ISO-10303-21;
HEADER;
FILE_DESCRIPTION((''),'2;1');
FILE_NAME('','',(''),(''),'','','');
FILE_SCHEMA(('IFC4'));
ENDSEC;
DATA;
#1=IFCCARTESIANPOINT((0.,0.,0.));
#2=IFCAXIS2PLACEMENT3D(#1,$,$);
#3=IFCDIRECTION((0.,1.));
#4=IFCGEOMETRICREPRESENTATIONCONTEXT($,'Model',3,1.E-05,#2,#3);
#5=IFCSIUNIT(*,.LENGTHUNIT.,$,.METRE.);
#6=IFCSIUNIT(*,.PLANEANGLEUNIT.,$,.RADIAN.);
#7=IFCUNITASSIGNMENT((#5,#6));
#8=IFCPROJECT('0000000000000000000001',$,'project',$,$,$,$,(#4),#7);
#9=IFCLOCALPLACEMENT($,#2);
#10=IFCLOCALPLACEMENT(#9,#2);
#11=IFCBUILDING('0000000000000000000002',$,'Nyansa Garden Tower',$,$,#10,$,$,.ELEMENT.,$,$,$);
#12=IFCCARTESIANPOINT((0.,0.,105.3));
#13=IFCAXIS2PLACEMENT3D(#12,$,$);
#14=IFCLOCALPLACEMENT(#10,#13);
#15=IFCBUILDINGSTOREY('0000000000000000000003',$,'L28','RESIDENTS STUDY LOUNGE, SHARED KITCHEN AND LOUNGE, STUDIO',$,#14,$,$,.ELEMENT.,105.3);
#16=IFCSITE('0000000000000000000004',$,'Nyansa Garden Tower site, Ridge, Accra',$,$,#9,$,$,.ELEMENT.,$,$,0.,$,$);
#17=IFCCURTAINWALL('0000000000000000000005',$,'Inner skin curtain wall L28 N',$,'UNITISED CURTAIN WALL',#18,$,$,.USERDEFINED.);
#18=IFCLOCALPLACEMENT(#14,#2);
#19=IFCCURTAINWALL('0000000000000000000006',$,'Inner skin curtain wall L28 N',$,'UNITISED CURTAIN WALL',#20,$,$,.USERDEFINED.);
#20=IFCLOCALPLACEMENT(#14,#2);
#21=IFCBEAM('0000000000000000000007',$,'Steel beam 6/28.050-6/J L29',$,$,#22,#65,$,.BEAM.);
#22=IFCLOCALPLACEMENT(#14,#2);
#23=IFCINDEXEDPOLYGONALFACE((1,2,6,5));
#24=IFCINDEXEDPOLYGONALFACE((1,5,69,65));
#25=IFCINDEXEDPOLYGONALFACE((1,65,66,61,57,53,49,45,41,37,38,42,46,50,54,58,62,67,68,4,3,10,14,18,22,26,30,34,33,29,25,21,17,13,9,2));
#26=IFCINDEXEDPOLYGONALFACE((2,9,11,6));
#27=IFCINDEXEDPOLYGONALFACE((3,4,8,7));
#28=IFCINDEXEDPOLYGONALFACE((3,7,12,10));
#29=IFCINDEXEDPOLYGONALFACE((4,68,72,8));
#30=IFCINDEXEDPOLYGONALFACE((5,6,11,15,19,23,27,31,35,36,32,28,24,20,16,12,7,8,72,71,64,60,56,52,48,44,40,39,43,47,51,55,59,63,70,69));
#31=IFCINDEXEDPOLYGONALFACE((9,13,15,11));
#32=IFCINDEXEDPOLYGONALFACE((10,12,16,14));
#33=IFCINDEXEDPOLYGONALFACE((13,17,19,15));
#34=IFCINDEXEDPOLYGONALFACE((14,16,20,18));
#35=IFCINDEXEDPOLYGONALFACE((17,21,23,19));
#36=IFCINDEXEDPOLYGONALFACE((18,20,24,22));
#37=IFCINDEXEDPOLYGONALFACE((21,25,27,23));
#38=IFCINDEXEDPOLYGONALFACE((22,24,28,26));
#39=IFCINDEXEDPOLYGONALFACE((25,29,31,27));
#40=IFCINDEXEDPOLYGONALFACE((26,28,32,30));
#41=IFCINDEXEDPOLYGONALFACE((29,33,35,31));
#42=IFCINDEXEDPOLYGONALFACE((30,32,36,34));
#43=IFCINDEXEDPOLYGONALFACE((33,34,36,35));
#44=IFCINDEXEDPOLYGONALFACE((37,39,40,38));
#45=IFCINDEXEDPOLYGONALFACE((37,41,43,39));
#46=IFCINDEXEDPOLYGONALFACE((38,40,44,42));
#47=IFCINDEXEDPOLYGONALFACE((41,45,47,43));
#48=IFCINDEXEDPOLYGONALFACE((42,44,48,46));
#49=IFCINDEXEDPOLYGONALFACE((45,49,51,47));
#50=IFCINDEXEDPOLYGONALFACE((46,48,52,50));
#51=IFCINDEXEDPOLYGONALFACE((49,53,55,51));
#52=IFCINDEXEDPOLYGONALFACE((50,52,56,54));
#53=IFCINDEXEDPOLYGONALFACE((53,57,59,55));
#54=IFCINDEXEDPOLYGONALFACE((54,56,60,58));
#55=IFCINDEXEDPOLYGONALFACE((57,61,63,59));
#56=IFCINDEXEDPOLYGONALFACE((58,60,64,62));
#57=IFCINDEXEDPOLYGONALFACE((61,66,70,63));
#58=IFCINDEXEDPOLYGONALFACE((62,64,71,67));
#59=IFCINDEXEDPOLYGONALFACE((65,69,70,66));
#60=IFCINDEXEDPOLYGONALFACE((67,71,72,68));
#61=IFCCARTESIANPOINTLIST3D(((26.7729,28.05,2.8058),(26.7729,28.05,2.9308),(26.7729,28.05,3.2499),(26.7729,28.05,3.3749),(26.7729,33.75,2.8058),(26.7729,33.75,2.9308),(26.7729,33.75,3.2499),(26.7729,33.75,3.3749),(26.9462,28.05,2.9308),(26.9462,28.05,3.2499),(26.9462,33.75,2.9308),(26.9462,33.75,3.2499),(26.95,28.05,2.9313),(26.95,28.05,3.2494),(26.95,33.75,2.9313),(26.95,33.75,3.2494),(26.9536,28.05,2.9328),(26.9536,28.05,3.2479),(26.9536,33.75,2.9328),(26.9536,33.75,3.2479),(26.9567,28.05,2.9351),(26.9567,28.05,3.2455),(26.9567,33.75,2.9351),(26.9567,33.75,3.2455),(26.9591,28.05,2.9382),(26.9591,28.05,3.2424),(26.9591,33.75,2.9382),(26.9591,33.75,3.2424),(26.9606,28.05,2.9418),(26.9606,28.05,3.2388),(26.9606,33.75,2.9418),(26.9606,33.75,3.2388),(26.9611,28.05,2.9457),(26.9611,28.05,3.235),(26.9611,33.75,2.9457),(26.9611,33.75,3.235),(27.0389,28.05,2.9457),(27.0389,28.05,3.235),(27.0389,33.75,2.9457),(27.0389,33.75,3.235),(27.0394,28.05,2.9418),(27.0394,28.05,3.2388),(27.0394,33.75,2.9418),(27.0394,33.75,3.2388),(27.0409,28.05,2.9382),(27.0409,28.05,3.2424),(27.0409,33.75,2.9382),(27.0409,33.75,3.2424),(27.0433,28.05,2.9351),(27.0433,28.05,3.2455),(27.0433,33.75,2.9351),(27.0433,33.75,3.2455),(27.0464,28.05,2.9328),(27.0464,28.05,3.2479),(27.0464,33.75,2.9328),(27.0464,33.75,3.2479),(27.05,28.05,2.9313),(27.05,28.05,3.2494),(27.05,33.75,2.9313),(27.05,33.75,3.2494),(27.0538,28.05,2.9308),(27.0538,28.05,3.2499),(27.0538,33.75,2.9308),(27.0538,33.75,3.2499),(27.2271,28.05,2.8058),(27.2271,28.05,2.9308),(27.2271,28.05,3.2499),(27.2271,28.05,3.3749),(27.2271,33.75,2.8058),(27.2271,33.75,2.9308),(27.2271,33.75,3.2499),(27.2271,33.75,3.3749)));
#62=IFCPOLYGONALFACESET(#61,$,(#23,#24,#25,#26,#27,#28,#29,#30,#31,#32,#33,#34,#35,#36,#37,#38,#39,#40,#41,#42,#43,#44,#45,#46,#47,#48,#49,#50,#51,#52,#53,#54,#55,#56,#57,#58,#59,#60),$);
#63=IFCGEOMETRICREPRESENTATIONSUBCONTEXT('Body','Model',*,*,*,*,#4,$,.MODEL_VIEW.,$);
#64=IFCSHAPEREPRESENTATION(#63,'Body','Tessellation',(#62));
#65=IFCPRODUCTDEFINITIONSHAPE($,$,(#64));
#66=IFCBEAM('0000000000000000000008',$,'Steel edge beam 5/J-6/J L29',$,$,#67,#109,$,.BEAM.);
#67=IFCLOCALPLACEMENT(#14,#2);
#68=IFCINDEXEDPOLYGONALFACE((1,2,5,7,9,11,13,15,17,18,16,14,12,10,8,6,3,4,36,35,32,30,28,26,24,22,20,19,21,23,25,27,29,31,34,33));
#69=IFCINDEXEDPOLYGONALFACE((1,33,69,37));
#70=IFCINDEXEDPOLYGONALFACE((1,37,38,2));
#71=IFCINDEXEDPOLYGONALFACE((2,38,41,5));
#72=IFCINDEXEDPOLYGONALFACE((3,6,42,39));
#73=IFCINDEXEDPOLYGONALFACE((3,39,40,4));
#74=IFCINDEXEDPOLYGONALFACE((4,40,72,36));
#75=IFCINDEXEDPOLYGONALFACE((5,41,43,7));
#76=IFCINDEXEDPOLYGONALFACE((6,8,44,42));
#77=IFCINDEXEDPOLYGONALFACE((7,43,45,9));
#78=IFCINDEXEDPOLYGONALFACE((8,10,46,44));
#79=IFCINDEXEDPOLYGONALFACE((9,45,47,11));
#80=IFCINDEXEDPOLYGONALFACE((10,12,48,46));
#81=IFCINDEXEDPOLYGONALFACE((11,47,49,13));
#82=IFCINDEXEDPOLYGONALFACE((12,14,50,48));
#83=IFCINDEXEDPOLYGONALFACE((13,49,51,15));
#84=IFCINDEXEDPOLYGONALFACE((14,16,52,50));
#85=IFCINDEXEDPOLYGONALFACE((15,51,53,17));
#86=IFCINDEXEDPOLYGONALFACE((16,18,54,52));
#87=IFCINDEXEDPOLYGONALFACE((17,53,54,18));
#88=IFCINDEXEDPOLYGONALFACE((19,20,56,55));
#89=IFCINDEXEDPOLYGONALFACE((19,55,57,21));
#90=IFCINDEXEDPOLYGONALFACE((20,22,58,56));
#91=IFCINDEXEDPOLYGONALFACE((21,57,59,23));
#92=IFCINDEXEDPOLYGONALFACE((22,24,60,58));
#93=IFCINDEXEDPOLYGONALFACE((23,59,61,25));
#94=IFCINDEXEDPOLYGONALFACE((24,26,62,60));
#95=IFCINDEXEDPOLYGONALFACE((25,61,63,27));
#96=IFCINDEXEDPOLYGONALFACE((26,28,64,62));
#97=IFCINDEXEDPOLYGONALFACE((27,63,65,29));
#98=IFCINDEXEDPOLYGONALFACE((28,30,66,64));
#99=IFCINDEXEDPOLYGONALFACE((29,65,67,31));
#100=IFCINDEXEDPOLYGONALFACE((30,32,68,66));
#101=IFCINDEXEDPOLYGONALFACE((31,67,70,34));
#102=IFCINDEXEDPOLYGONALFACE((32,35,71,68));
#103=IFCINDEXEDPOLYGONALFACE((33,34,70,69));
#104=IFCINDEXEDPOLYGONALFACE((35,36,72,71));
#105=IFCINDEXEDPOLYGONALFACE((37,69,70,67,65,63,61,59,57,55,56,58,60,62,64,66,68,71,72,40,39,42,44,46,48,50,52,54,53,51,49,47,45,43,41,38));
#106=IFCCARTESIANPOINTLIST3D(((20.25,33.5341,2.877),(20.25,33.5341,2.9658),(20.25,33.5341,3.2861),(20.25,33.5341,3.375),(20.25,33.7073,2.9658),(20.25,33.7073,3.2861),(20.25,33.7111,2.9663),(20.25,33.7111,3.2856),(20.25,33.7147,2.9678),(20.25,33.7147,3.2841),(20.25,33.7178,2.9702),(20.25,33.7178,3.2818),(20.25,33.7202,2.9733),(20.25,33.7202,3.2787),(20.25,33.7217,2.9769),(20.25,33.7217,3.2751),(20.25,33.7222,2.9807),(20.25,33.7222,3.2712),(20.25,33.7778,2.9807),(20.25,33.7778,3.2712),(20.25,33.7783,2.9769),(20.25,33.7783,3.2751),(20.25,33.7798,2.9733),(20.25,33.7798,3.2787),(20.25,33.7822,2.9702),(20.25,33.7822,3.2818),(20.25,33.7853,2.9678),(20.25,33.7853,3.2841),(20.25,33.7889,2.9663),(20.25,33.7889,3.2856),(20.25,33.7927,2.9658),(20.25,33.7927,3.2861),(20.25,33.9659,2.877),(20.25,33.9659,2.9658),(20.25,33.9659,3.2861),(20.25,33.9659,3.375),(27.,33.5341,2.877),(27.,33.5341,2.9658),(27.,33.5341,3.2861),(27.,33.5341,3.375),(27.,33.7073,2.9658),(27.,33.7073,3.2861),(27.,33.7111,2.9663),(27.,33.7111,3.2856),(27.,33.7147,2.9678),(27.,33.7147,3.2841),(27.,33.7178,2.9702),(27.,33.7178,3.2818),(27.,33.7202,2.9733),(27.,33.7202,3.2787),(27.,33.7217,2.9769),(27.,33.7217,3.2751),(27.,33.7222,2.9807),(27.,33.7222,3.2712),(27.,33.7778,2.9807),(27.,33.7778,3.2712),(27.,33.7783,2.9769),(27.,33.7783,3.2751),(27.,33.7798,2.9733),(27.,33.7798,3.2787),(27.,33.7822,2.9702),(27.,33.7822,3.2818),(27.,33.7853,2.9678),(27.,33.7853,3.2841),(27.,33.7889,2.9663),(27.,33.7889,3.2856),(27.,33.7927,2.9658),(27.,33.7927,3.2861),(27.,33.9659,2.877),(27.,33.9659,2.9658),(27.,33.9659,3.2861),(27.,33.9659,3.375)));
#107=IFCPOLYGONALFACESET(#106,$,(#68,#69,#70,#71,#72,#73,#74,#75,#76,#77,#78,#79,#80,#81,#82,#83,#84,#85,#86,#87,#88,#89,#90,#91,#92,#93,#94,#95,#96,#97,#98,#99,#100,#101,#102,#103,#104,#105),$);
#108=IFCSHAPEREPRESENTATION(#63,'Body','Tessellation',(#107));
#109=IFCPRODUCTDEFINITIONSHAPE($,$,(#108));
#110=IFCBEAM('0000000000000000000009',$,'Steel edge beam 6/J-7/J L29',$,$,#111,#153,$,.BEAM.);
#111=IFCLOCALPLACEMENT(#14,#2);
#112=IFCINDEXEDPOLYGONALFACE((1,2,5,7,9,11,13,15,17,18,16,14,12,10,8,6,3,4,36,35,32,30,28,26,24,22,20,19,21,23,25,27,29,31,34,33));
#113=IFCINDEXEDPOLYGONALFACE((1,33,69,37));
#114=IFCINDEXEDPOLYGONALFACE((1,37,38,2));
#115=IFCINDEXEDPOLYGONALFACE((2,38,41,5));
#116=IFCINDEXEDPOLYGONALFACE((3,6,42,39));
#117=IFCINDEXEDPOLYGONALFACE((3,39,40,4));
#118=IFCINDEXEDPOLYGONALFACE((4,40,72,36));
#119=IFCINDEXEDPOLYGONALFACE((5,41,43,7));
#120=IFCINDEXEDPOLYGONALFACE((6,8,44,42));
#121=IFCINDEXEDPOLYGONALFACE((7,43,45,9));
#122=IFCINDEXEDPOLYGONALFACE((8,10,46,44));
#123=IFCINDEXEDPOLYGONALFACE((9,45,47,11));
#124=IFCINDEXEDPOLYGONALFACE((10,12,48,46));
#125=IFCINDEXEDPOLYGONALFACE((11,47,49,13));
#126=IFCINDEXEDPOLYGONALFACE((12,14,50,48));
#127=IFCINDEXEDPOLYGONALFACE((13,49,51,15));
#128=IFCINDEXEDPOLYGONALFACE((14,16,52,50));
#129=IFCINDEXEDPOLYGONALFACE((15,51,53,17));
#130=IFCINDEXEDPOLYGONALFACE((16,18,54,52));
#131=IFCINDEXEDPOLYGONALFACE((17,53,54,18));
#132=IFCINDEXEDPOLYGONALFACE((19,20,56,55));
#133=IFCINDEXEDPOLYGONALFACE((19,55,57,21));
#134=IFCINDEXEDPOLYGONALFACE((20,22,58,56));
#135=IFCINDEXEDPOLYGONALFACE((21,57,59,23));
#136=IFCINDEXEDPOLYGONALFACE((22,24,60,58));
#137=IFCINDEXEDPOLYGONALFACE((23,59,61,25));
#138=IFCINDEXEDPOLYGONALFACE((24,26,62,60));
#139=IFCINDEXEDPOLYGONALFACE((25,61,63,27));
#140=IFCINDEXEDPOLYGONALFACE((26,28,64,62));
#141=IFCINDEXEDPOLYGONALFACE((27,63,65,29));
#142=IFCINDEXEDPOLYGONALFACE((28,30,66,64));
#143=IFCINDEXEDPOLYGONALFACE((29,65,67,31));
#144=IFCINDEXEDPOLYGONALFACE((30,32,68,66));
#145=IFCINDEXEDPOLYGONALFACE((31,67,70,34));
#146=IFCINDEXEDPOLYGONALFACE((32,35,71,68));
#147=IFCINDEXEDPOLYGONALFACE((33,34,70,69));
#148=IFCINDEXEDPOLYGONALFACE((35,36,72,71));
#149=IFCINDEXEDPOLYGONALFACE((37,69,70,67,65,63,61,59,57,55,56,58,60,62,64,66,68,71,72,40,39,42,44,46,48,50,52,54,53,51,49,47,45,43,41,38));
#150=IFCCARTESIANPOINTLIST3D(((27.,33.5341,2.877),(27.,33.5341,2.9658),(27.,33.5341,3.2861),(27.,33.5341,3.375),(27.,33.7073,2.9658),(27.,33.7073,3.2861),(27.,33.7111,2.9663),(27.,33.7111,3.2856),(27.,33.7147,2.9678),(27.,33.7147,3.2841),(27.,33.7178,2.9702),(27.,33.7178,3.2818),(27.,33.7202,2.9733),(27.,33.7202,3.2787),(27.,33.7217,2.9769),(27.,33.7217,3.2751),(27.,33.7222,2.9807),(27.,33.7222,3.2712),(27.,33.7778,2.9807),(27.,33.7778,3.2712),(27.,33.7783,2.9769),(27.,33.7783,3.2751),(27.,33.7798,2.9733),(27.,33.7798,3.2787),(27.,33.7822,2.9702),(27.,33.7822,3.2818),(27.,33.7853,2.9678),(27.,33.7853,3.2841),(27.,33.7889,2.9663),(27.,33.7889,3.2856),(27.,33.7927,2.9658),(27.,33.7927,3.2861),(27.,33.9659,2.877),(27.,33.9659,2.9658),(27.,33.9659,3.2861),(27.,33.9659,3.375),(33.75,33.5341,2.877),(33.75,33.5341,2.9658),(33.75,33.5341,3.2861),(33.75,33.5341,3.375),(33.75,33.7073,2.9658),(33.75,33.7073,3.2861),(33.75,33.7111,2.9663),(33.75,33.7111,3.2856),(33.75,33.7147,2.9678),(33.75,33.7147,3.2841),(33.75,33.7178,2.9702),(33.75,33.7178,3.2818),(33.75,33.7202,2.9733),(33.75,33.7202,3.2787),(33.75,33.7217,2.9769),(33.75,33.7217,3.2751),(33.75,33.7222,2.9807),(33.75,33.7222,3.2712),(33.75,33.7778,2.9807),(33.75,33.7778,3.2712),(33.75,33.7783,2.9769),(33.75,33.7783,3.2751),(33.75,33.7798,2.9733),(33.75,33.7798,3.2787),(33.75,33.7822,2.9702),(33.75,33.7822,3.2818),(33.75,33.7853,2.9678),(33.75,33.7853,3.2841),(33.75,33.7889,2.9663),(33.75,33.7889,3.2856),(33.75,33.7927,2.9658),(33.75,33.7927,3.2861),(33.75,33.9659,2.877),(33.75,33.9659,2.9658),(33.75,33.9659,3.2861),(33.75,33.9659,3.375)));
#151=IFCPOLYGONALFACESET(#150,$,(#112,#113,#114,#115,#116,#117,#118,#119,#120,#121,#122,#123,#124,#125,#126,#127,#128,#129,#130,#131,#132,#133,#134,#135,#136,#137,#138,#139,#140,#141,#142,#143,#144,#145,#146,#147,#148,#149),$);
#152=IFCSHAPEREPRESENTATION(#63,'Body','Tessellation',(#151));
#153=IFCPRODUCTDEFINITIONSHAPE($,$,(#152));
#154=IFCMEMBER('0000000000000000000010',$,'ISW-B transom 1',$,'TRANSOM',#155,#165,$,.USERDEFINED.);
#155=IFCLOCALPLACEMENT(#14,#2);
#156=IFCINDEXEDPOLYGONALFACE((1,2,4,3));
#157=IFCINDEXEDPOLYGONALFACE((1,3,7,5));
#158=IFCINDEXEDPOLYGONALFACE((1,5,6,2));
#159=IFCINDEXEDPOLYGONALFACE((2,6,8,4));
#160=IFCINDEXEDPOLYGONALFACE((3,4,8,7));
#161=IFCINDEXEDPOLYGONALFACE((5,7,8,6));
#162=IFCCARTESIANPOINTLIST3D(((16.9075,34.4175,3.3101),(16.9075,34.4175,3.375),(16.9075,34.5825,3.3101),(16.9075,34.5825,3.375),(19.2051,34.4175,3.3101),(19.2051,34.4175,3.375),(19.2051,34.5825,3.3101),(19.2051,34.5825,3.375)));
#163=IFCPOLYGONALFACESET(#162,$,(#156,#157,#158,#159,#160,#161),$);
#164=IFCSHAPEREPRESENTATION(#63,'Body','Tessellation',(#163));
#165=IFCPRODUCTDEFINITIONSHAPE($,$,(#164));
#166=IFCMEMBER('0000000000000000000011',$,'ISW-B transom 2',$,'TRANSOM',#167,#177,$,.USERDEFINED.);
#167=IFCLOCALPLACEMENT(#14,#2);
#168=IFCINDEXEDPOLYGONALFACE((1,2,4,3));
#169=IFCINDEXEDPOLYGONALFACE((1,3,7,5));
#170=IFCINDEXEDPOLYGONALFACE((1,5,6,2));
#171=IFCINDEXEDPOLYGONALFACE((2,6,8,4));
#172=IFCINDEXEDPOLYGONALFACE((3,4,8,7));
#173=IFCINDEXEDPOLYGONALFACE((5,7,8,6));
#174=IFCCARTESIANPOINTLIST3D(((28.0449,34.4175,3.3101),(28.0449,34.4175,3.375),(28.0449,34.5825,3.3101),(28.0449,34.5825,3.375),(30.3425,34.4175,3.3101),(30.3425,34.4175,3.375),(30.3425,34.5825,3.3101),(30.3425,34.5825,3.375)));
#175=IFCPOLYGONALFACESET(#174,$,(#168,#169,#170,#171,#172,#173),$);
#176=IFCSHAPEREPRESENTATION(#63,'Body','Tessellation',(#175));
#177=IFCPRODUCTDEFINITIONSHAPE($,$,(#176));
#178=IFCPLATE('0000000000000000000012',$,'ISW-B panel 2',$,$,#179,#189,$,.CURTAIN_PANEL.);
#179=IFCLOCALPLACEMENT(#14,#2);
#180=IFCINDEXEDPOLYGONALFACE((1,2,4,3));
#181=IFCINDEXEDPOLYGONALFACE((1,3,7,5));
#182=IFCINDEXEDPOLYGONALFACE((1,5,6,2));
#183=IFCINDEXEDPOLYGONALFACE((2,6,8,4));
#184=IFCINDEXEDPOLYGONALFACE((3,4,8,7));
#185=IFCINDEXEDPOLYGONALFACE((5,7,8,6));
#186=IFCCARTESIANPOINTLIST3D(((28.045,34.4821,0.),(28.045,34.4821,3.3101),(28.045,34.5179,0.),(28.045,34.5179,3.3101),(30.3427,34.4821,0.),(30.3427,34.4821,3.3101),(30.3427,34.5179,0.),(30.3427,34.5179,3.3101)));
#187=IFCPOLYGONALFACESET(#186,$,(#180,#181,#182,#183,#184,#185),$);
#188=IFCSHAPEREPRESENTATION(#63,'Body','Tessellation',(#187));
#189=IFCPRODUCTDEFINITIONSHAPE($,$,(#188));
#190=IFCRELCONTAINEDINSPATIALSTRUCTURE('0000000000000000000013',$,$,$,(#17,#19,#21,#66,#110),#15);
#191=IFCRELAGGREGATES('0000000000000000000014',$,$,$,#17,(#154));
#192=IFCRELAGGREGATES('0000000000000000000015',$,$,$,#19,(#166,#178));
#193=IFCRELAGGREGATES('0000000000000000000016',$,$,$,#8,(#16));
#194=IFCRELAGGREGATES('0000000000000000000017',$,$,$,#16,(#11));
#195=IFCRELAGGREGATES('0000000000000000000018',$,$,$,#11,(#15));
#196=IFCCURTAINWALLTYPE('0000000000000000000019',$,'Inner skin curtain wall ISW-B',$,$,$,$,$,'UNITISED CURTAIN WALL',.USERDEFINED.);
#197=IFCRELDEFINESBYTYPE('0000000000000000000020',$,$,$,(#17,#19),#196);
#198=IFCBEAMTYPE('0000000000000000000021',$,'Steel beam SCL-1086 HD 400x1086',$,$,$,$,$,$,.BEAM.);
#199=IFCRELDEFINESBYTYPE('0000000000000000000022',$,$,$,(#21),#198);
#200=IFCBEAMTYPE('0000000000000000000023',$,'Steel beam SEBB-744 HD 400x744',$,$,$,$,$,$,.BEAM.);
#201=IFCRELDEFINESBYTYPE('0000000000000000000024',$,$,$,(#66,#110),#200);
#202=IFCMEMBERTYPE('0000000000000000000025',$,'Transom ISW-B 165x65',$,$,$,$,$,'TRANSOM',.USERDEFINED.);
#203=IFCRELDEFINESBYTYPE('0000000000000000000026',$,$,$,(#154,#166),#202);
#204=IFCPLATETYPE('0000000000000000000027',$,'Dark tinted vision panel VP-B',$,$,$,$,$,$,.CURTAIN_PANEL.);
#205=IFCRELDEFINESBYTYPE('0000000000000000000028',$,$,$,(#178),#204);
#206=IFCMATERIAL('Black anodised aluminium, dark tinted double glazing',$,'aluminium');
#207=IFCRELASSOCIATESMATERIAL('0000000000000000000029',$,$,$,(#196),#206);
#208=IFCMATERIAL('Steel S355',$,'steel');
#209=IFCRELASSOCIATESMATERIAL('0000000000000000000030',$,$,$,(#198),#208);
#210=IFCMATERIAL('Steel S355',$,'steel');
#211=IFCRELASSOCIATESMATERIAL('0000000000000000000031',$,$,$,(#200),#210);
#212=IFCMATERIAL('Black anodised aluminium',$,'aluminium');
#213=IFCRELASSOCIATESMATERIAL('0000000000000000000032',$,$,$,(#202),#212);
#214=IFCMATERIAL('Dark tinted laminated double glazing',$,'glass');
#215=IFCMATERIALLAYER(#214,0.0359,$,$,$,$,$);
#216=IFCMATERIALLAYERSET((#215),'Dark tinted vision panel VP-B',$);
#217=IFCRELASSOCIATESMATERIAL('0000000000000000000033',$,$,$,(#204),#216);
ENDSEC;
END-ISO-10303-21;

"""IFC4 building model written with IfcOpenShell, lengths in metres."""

from ifc_helpers import new_model, si_unit, direction, frame, origin, origin_2d, place, context, subcontext, project, spatial, rectangle, i_section, extrude, material, layer, layer_set, material_profile, profile_set, type_object, element, aggregate, save


model = new_model("IFC4")

# Units and contexts
model_context = context("Model", 3, precision=1e-05, world=origin(), true_north=direction((0.0, 1.0)))
body_context = subcontext(model_context, "Body", "Model", "MODEL_VIEW")
ifc_project = project(units=[si_unit("LENGTHUNIT", "METRE"), si_unit("PLANEANGLEUNIT", "RADIAN")], contexts=[model_context])

# Site, building, storey
site_placement = place(None, origin())
site = spatial("IfcSite", under=ifc_project, at=site_placement, Name="Nyansa Garden Tower site, Ridge, Accra", CompositionType="ELEMENT", RefElevation=0.0)
building_placement = place(site_placement, origin())
building = spatial("IfcBuilding", under=site, at=building_placement, Name="Nyansa Garden Tower", CompositionType="ELEMENT")
storey_placement = place(building_placement, frame((0.0, 0.0, 105.3)))
storey = spatial("IfcBuildingStorey", under=building, at=storey_placement, Name="L28", Description="RESIDENTS STUDY LOUNGE, SHARED KITCHEN AND LOUNGE, STUDIO", CompositionType="ELEMENT", Elevation=105.3)

# Curtain wall
ifc_material_1 = material(Name="Black anodised aluminium, dark tinted double glazing", Category="aluminium")
curtain_wall_type = type_object("IfcCurtainWallType", Name="Inner skin curtain wall ISW-B", ElementType="UNITISED CURTAIN WALL", PredefinedType="USERDEFINED", material=ifc_material_1)
curtain_wall_1_placement = place(storey_placement, origin())
curtain_wall_1 = element("IfcCurtainWall", 1, at=curtain_wall_1_placement, inside=storey, type_object=curtain_wall_type, Name="Inner skin curtain wall L28 N", ObjectType="UNITISED CURTAIN WALL", PredefinedType="USERDEFINED")

# Curtain wall
curtain_wall_2_placement = place(storey_placement, origin())
curtain_wall_2 = element("IfcCurtainWall", 2, at=curtain_wall_2_placement, inside=storey, type_object=curtain_wall_type, Name="Inner skin curtain wall L28 N", ObjectType="UNITISED CURTAIN WALL", PredefinedType="USERDEFINED")

# Beams
ifc_material_2 = material(Name="Steel S355", Category="steel")
ifc_material_profile_1 = material_profile(ifc_material_2, i_section(OverallWidth=0.4541, OverallDepth=0.5691, WebThickness=0.0779, FlangeThickness=0.125, FilletRadius=0.0149, at=origin_2d()), Name="HD 400x1086")
ifc_profile_set_1 = profile_set([ifc_material_profile_1], Name="Steel S355")
beam_type_1 = type_object("IfcBeamType", Name="Steel beam SCL-1086 HD 400x1086", PredefinedType="BEAM", material=ifc_profile_set_1)
for number, where, z_axis, x_axis, name in (
    (3, (27.0, 28.05, 3.0903), (0.0, 1.0, 0.0), (-1.0, 0.0, 0.0), "Steel beam 6/28.050-6/J L29"),
):
    element("IfcBeam", number, at=place(storey_placement, frame(where, z_axis=z_axis, x_axis=x_axis)), inside=storey, type_object=beam_type_1, Name=name, PredefinedType="BEAM", context=body_context, shape_type="SweptSolid", body=[
        extrude(i_section(OverallWidth=0.4541, OverallDepth=0.5691, WebThickness=0.0779, FlangeThickness=0.125, FilletRadius=0.0149, at=origin_2d()), origin(), (0.0, 0.0, 1.0), 5.7),
    ])
ifc_material_3 = material(Name="Steel S355", Category="steel")
ifc_material_profile_2 = material_profile(ifc_material_3, i_section(OverallWidth=0.4319, OverallDepth=0.498, WebThickness=0.0557, FlangeThickness=0.0889, FilletRadius=0.0149, at=origin_2d()), Name="HD 400x744")
ifc_profile_set_2 = profile_set([ifc_material_profile_2], Name="Steel S355")
beam_type_2 = type_object("IfcBeamType", Name="Steel beam SEBB-744 HD 400x744", PredefinedType="BEAM", material=ifc_profile_set_2)
for number, where, z_axis, x_axis, name in (
    (4, (20.25, 33.75, 3.126), (1.0, 0.0, 0.0), (0.0, 1.0, 0.0), "Steel edge beam 5/J-6/J L29"),
    (5, (27.0, 33.75, 3.126), (1.0, 0.0, 0.0), (0.0, 1.0, 0.0), "Steel edge beam 6/J-7/J L29"),
):
    element("IfcBeam", number, at=place(storey_placement, frame(where, z_axis=z_axis, x_axis=x_axis)), inside=storey, type_object=beam_type_2, Name=name, PredefinedType="BEAM", context=body_context, shape_type="SweptSolid", body=[
        extrude(i_section(OverallWidth=0.4319, OverallDepth=0.498, WebThickness=0.0557, FlangeThickness=0.0889, FilletRadius=0.0149, at=origin_2d()), origin(), (0.0, 0.0, 1.0), 6.75),
    ])

# Members
ifc_material_4 = material(Name="Black anodised aluminium", Category="aluminium")
ifc_material_profile_3 = material_profile(ifc_material_4, rectangle(XDim=0.165, YDim=0.0649, at=origin_2d()), Name="Transom 165x65")
ifc_profile_set_3 = profile_set([ifc_material_profile_3], Name="Black anodised aluminium")
member_type_1 = type_object("IfcMemberType", Name="Transom ISW-B 165x65", ElementType="TRANSOM", PredefinedType="USERDEFINED", material=ifc_profile_set_3)
member_1_placement = place(storey_placement, frame((19.2051, 34.5, 3.3425), z_axis=(-1.0, 0.0, 0.0), x_axis=(0.0, -1.0, 0.0)))
member_1 = element("IfcMember", 6, at=member_1_placement, type_object=member_type_1, Name="ISW-B transom 1", ObjectType="TRANSOM", PredefinedType="USERDEFINED", context=body_context, shape_type="SweptSolid", body=[
    extrude(rectangle(XDim=0.165, YDim=0.0649, at=origin_2d()), origin(), (0.0, 0.0, 1.0), 2.2976),
])
aggregate(curtain_wall_1, [member_1])
member_2_placement = place(storey_placement, frame((30.3425, 34.5, 3.3425), z_axis=(-1.0, 0.0, 0.0), x_axis=(0.0, -1.0, 0.0)))
member_2 = element("IfcMember", 7, at=member_2_placement, type_object=member_type_1, Name="ISW-B transom 2", ObjectType="TRANSOM", PredefinedType="USERDEFINED", context=body_context, shape_type="SweptSolid", body=[
    extrude(rectangle(XDim=0.165, YDim=0.0649, at=origin_2d()), origin(), (0.0, 0.0, 1.0), 2.2976),
])

# Plate
ifc_material_5 = material(Name="Dark tinted laminated double glazing", Category="glass")
ifc_layer_1 = layer(ifc_material_5, 0.0359)
ifc_layer_set_1 = layer_set([ifc_layer_1], Name="Dark tinted vision panel VP-B")
plate_type = type_object("IfcPlateType", Name="Dark tinted vision panel VP-B", PredefinedType="CURTAIN_PANEL", material=ifc_layer_set_1)
plate_placement = place(storey_placement, frame((29.1938, 34.5, 0.0), z_axis=(0.0, 0.0, 1.0), x_axis=(-1.0, 0.0, 0.0)))
plate = element("IfcPlate", 8, at=plate_placement, type_object=plate_type, Name="ISW-B panel 2", PredefinedType="CURTAIN_PANEL", context=body_context, shape_type="SweptSolid", body=[
    extrude(rectangle(XDim=2.2976, YDim=0.0359, at=origin_2d()), origin(), (0.0, 0.0, 1.0), 3.3101),
])
aggregate(curtain_wall_2, [member_2, plate])

save(model, "model.ifc")
